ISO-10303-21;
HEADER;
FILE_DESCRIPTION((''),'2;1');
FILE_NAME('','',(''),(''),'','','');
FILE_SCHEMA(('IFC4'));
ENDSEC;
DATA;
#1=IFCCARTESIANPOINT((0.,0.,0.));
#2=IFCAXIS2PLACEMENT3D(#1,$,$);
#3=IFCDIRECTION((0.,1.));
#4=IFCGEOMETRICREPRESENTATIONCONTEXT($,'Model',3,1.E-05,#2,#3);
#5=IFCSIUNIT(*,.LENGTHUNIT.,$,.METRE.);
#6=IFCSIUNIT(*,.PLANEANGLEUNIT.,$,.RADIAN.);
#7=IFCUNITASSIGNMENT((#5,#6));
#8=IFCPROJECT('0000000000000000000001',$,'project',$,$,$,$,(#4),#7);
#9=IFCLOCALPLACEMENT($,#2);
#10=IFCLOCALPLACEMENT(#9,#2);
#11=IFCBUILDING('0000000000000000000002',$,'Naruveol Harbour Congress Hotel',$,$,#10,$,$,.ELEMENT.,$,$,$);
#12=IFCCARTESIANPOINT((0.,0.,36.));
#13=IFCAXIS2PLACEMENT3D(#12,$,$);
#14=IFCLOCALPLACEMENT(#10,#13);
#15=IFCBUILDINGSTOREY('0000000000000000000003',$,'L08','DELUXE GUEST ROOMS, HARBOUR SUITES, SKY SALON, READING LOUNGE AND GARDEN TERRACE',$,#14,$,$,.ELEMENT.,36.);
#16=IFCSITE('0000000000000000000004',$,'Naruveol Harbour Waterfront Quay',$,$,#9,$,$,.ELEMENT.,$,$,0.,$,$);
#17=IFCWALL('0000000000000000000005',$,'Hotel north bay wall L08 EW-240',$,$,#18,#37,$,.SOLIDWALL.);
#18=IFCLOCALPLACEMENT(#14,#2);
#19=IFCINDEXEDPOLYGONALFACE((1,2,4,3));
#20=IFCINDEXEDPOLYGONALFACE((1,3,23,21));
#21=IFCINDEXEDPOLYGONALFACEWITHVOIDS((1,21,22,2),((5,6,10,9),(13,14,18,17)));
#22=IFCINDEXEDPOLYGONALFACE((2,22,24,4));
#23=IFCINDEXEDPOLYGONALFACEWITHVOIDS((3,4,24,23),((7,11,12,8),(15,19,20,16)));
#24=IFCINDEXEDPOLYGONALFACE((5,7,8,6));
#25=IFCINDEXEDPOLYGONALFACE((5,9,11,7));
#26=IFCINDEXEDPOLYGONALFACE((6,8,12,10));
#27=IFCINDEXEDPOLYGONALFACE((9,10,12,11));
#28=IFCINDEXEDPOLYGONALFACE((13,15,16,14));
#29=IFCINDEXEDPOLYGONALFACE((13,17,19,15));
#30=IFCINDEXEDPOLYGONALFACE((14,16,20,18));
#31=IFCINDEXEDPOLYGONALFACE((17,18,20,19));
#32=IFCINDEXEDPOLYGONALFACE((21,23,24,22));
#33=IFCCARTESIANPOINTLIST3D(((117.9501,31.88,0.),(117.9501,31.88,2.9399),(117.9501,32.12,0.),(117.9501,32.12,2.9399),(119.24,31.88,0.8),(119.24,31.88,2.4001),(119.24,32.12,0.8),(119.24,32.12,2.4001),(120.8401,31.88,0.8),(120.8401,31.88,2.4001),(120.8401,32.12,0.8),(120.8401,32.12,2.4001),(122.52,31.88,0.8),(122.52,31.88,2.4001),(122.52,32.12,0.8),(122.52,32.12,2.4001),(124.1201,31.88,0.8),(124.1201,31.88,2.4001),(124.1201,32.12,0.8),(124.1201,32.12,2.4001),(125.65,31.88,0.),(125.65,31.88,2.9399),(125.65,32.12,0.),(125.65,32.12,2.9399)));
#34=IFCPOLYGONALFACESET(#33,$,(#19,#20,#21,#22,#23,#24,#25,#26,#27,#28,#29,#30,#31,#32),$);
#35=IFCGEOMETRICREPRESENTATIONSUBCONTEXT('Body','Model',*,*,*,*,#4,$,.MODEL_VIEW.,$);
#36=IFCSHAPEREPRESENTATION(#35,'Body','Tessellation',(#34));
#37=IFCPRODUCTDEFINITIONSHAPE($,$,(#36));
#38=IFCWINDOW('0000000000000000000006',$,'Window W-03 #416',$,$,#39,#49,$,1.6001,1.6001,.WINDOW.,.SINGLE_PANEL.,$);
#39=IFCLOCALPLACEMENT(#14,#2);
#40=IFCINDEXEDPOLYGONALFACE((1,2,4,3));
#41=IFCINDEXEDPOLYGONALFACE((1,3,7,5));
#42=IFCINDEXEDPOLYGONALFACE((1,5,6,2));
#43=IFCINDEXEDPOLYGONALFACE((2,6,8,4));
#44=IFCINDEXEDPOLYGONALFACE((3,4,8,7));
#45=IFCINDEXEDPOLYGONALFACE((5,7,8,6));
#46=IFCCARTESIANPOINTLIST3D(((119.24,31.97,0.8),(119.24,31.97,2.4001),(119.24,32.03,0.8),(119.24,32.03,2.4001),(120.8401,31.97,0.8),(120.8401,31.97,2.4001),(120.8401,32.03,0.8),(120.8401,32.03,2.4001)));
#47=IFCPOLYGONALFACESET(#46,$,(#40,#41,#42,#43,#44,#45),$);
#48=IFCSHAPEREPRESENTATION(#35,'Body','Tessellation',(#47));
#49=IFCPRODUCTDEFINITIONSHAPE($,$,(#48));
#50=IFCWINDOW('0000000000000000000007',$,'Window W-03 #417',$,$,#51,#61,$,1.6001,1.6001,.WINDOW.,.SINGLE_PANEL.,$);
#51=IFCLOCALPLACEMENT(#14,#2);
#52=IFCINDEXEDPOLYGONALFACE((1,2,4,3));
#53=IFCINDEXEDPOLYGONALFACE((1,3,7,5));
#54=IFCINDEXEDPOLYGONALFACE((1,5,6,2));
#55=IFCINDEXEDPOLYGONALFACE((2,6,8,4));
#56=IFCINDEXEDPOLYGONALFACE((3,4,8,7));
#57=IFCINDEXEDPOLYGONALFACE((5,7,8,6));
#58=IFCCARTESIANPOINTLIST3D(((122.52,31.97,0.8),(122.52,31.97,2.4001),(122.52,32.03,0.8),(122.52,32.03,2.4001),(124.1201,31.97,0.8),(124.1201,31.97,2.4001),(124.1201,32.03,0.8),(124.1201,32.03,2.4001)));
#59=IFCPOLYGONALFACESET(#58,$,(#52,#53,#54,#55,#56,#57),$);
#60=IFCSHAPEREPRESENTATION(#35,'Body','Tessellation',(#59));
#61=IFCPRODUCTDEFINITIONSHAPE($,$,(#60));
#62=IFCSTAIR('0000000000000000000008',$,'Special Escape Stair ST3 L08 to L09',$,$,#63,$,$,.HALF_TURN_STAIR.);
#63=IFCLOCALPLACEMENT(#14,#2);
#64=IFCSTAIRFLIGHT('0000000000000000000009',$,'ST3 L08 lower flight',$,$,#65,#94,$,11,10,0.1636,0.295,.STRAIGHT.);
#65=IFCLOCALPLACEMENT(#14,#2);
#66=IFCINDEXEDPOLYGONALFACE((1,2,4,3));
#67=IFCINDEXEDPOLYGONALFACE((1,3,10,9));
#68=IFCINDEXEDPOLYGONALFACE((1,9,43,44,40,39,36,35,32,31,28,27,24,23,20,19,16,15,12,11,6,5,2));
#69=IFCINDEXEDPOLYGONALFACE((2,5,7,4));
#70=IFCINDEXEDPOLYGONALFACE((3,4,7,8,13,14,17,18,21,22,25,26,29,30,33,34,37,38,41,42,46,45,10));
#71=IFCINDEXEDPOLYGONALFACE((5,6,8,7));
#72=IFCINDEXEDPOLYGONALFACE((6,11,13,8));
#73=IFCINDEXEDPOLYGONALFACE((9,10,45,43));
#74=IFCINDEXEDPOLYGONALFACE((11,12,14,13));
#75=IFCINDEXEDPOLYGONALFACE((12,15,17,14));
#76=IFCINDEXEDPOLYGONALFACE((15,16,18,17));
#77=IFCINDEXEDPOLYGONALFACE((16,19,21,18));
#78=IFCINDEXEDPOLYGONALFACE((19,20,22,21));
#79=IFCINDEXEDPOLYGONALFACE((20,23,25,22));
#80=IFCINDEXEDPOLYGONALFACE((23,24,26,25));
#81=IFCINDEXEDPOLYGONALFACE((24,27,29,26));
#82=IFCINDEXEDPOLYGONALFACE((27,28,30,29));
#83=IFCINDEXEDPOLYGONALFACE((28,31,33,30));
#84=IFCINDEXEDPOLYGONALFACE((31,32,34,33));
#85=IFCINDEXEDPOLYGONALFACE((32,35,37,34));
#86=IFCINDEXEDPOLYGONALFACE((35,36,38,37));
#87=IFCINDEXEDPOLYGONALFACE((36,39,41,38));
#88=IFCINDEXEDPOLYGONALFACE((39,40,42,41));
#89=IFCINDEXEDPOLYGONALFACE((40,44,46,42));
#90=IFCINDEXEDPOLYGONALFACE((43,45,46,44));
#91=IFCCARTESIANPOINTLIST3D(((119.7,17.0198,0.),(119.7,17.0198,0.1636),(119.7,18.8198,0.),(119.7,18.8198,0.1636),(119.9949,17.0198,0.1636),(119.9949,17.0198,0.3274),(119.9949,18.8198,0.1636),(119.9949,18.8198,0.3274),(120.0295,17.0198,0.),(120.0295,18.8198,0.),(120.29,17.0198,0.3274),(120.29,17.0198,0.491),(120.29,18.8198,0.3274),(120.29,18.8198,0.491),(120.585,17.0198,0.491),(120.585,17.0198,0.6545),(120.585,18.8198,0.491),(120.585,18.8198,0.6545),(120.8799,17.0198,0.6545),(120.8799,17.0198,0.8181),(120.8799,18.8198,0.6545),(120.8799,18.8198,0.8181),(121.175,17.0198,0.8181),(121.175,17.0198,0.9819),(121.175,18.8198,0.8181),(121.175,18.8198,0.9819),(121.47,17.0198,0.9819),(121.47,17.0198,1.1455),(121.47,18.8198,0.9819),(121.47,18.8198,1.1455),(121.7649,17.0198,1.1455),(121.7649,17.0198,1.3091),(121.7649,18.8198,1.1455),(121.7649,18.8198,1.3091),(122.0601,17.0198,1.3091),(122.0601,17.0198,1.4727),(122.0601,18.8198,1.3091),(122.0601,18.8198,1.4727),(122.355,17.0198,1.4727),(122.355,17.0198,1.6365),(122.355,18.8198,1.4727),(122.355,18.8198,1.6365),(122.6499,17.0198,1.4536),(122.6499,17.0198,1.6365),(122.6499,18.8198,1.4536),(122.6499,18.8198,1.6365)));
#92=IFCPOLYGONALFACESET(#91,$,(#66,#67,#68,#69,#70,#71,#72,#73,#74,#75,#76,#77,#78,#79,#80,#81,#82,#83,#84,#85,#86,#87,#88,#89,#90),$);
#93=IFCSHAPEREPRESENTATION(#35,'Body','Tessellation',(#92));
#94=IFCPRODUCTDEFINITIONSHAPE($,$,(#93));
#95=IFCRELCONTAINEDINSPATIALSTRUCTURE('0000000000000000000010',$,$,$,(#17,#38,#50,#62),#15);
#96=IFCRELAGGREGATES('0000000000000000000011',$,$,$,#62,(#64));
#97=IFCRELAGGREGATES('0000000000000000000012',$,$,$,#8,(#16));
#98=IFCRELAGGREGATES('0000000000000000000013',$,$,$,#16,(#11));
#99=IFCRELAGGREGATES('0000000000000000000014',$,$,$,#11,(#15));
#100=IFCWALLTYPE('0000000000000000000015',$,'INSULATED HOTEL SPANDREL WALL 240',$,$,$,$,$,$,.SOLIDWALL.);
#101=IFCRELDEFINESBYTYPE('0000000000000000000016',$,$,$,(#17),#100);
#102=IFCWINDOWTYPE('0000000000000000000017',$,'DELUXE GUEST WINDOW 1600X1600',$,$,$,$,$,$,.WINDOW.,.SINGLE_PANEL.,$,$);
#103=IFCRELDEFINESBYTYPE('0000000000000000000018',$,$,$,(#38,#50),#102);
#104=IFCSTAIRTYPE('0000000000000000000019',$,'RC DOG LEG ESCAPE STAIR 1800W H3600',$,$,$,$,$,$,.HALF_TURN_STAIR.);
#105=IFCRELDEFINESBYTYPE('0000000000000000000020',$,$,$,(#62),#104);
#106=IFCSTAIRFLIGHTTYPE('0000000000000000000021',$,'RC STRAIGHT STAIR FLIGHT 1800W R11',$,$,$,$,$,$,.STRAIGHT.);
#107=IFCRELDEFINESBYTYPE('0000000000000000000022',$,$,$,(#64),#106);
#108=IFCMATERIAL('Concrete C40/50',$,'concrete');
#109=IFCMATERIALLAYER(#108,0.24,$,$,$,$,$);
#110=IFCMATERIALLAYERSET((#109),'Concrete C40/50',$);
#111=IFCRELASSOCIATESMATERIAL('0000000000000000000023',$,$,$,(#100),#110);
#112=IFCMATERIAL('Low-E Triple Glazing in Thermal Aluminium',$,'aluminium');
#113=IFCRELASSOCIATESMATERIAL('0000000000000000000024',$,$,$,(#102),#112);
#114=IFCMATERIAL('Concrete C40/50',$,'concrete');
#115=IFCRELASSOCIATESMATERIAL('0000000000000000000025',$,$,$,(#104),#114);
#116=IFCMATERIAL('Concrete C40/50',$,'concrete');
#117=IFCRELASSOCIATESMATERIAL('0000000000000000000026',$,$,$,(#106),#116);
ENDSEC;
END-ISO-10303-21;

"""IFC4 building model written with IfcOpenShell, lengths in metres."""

from ifc_helpers import new_model, si_unit, direction, frame, frame_2d, origin, place, context, subcontext, project, spatial, polyline, rectangle, outline, extrude, material, layer, layer_set, type_object, element, fill, aggregate, save


model = new_model("IFC4")

# Units and contexts
model_context = context("Model", 3, precision=1e-05, world=origin(), true_north=direction((0.0, 1.0)))
body_context = subcontext(model_context, "Body", "Model", "MODEL_VIEW")
ifc_project = project(units=[si_unit("LENGTHUNIT", "METRE"), si_unit("PLANEANGLEUNIT", "RADIAN")], contexts=[model_context])

# Site, building, storey
site_placement = place(None, origin())
site = spatial("IfcSite", under=ifc_project, at=site_placement, Name="Naruveol Harbour Waterfront Quay", CompositionType="ELEMENT", RefElevation=0.0)
building_placement = place(site_placement, origin())
building = spatial("IfcBuilding", under=site, at=building_placement, Name="Naruveol Harbour Congress Hotel", CompositionType="ELEMENT")
storey_placement = place(building_placement, frame((0.0, 0.0, 36.0)))
storey = spatial("IfcBuildingStorey", under=building, at=storey_placement, Name="L08", Description="DELUXE GUEST ROOMS, HARBOUR SUITES, SKY SALON, READING LOUNGE AND GARDEN TERRACE", CompositionType="ELEMENT", Elevation=36.0)

# Wall, openings, windows
ifc_material_1 = material(Name="Concrete C40/50", Category="concrete")
ifc_layer_1 = layer(ifc_material_1, 0.24)
ifc_layer_set_1 = layer_set([ifc_layer_1], Name="Concrete C40/50")
wall_type_1 = type_object("IfcWallType", Name="INSULATED HOTEL SPANDREL WALL 240", PredefinedType="SOLIDWALL", material=ifc_layer_set_1)
wall_1_placement = place(storey_placement, frame((117.95, 32.0, 0.0), z_axis=(0.0, 0.0, 1.0), x_axis=(1.0, 0.0, 0.0)))
wall_1 = element("IfcWall", 1, at=wall_1_placement, inside=storey, type_object=wall_type_1, Name="Hotel north bay wall L08 EW-240", PredefinedType="SOLIDWALL", context=body_context, shape_type="SweptSolid", body=[
    extrude(rectangle(XDim=7.7, YDim=0.24, at=frame_2d((3.8501, 0.0))), origin(), (0.0, 0.0, 1.0), 2.9399),
])
opening_1_placement = place(wall_1_placement, frame((1.29, 0.0, 0.8)))
opening_1 = element("IfcOpeningElement", 2, at=opening_1_placement, cuts=wall_1, PredefinedType="OPENING", context=body_context, shape_type="SweptSolid", body=[
    extrude(rectangle(XDim=1.6001, YDim=1.6001, at=frame_2d((0.8, 0.8))), frame((0.0, 0.1299, 0.0), z_axis=(0.0, -1.0, 0.0), x_axis=(1.0, 0.0, 0.0)), (0.0, 0.0, 1.0), 0.26),
])
opening_2_placement = place(wall_1_placement, frame((4.5701, 0.0, 0.8)))
opening_2 = element("IfcOpeningElement", 3, at=opening_2_placement, cuts=wall_1, PredefinedType="OPENING", context=body_context, shape_type="SweptSolid", body=[
    extrude(rectangle(XDim=1.6001, YDim=1.6001, at=frame_2d((0.8, 0.8))), frame((0.0, 0.1299, 0.0), z_axis=(0.0, -1.0, 0.0), x_axis=(1.0, 0.0, 0.0)), (0.0, 0.0, 1.0), 0.26),
])
ifc_material_2 = material(Name="Low-E Triple Glazing in Thermal Aluminium", Category="aluminium")
window_type = type_object("IfcWindowType", Name="DELUXE GUEST WINDOW 1600X1600", PartitioningType="SINGLE_PANEL", PredefinedType="WINDOW", material=ifc_material_2)
window_1_placement = place(opening_1_placement, origin())
window_1 = element("IfcWindow", 4, at=window_1_placement, inside=storey, type_object=window_type, Name="Window W-03 #416", OverallHeight=1.6001, OverallWidth=1.6001, PartitioningType="SINGLE_PANEL", PredefinedType="WINDOW", context=body_context, shape_type="SweptSolid", body=[
    extrude(rectangle(XDim=1.6001, YDim=1.6001, at=frame_2d((0.8, 0.8))), frame((0.0, 0.03, 0.0), z_axis=(0.0, -1.0, 0.0), x_axis=(1.0, 0.0, 0.0)), (0.0, 0.0, 1.0), 0.0601),
])
fill(opening_1, window_1)
window_2_placement = place(opening_2_placement, origin())
window_2 = element("IfcWindow", 5, at=window_2_placement, inside=storey, type_object=window_type, Name="Window W-03 #417", OverallHeight=1.6001, OverallWidth=1.6001, PartitioningType="SINGLE_PANEL", PredefinedType="WINDOW", context=body_context, shape_type="SweptSolid", body=[
    extrude(rectangle(XDim=1.6001, YDim=1.6001, at=frame_2d((0.8, 0.8))), frame((0.0, 0.03, 0.0), z_axis=(0.0, -1.0, 0.0), x_axis=(1.0, 0.0, 0.0)), (0.0, 0.0, 1.0), 0.0601),
])
fill(opening_2, window_2)

# Stair, stair flight
ifc_material_3 = material(Name="Concrete C40/50", Category="concrete")
stair_type = type_object("IfcStairType", Name="RC DOG LEG ESCAPE STAIR 1800W H3600", PredefinedType="HALF_TURN_STAIR", material=ifc_material_3)
stair_placement = place(storey_placement, origin())
stair = element("IfcStair", 6, at=stair_placement, inside=storey, type_object=stair_type, Name="Special Escape Stair ST3 L08 to L09", PredefinedType="HALF_TURN_STAIR")
ifc_material_4 = material(Name="Concrete C40/50", Category="concrete")
stair_flight_type = type_object("IfcStairFlightType", Name="RC STRAIGHT STAIR FLIGHT 1800W R11", PredefinedType="STRAIGHT", material=ifc_material_4)
stair_flight_placement = place(storey_placement, frame((119.7, 17.9199, 0.0), z_axis=(0.0, 0.0, 1.0), x_axis=(1.0, 0.0, 0.0)))
stair_flight = element("IfcStairFlight", 7, at=stair_flight_placement, type_object=stair_flight_type, Name="ST3 L08 lower flight", NumberOfRisers=11, NumberOfTreads=10, PredefinedType="STRAIGHT", RiserHeight=0.1636, TreadLength=0.295, context=body_context, shape_type="SweptSolid", body=[
    extrude(outline(polyline([(0.0, 0.0), (0.0, 0.1636), (0.2949, 0.1636), (0.2949, 0.3274), (0.5901, 0.3274), (0.5901, 0.491), (0.885, 0.491), (0.885, 0.6545), (1.1799, 0.6545), (1.1799, 0.8181), (1.4751, 0.8181), (1.4751, 0.9819), (1.77, 0.9819), (1.77, 1.1455), (2.0649, 1.1455), (2.0649, 1.3091), (2.3601, 1.3091), (2.3601, 1.4727), (2.655, 1.4727), (2.655, 1.6365), (2.95, 1.6365), (2.95, 1.8), (2.95, 1.4536), (0.3296, 0.0), (0.0, 0.0)])), frame((0.0, 0.8999, 0.0), z_axis=(0.0, -1.0, 0.0), x_axis=(1.0, 0.0, 0.0)), (0.0, 0.0, 1.0), 1.8),
])
aggregate(stair, [stair_flight])

save(model, "model.ifc")
